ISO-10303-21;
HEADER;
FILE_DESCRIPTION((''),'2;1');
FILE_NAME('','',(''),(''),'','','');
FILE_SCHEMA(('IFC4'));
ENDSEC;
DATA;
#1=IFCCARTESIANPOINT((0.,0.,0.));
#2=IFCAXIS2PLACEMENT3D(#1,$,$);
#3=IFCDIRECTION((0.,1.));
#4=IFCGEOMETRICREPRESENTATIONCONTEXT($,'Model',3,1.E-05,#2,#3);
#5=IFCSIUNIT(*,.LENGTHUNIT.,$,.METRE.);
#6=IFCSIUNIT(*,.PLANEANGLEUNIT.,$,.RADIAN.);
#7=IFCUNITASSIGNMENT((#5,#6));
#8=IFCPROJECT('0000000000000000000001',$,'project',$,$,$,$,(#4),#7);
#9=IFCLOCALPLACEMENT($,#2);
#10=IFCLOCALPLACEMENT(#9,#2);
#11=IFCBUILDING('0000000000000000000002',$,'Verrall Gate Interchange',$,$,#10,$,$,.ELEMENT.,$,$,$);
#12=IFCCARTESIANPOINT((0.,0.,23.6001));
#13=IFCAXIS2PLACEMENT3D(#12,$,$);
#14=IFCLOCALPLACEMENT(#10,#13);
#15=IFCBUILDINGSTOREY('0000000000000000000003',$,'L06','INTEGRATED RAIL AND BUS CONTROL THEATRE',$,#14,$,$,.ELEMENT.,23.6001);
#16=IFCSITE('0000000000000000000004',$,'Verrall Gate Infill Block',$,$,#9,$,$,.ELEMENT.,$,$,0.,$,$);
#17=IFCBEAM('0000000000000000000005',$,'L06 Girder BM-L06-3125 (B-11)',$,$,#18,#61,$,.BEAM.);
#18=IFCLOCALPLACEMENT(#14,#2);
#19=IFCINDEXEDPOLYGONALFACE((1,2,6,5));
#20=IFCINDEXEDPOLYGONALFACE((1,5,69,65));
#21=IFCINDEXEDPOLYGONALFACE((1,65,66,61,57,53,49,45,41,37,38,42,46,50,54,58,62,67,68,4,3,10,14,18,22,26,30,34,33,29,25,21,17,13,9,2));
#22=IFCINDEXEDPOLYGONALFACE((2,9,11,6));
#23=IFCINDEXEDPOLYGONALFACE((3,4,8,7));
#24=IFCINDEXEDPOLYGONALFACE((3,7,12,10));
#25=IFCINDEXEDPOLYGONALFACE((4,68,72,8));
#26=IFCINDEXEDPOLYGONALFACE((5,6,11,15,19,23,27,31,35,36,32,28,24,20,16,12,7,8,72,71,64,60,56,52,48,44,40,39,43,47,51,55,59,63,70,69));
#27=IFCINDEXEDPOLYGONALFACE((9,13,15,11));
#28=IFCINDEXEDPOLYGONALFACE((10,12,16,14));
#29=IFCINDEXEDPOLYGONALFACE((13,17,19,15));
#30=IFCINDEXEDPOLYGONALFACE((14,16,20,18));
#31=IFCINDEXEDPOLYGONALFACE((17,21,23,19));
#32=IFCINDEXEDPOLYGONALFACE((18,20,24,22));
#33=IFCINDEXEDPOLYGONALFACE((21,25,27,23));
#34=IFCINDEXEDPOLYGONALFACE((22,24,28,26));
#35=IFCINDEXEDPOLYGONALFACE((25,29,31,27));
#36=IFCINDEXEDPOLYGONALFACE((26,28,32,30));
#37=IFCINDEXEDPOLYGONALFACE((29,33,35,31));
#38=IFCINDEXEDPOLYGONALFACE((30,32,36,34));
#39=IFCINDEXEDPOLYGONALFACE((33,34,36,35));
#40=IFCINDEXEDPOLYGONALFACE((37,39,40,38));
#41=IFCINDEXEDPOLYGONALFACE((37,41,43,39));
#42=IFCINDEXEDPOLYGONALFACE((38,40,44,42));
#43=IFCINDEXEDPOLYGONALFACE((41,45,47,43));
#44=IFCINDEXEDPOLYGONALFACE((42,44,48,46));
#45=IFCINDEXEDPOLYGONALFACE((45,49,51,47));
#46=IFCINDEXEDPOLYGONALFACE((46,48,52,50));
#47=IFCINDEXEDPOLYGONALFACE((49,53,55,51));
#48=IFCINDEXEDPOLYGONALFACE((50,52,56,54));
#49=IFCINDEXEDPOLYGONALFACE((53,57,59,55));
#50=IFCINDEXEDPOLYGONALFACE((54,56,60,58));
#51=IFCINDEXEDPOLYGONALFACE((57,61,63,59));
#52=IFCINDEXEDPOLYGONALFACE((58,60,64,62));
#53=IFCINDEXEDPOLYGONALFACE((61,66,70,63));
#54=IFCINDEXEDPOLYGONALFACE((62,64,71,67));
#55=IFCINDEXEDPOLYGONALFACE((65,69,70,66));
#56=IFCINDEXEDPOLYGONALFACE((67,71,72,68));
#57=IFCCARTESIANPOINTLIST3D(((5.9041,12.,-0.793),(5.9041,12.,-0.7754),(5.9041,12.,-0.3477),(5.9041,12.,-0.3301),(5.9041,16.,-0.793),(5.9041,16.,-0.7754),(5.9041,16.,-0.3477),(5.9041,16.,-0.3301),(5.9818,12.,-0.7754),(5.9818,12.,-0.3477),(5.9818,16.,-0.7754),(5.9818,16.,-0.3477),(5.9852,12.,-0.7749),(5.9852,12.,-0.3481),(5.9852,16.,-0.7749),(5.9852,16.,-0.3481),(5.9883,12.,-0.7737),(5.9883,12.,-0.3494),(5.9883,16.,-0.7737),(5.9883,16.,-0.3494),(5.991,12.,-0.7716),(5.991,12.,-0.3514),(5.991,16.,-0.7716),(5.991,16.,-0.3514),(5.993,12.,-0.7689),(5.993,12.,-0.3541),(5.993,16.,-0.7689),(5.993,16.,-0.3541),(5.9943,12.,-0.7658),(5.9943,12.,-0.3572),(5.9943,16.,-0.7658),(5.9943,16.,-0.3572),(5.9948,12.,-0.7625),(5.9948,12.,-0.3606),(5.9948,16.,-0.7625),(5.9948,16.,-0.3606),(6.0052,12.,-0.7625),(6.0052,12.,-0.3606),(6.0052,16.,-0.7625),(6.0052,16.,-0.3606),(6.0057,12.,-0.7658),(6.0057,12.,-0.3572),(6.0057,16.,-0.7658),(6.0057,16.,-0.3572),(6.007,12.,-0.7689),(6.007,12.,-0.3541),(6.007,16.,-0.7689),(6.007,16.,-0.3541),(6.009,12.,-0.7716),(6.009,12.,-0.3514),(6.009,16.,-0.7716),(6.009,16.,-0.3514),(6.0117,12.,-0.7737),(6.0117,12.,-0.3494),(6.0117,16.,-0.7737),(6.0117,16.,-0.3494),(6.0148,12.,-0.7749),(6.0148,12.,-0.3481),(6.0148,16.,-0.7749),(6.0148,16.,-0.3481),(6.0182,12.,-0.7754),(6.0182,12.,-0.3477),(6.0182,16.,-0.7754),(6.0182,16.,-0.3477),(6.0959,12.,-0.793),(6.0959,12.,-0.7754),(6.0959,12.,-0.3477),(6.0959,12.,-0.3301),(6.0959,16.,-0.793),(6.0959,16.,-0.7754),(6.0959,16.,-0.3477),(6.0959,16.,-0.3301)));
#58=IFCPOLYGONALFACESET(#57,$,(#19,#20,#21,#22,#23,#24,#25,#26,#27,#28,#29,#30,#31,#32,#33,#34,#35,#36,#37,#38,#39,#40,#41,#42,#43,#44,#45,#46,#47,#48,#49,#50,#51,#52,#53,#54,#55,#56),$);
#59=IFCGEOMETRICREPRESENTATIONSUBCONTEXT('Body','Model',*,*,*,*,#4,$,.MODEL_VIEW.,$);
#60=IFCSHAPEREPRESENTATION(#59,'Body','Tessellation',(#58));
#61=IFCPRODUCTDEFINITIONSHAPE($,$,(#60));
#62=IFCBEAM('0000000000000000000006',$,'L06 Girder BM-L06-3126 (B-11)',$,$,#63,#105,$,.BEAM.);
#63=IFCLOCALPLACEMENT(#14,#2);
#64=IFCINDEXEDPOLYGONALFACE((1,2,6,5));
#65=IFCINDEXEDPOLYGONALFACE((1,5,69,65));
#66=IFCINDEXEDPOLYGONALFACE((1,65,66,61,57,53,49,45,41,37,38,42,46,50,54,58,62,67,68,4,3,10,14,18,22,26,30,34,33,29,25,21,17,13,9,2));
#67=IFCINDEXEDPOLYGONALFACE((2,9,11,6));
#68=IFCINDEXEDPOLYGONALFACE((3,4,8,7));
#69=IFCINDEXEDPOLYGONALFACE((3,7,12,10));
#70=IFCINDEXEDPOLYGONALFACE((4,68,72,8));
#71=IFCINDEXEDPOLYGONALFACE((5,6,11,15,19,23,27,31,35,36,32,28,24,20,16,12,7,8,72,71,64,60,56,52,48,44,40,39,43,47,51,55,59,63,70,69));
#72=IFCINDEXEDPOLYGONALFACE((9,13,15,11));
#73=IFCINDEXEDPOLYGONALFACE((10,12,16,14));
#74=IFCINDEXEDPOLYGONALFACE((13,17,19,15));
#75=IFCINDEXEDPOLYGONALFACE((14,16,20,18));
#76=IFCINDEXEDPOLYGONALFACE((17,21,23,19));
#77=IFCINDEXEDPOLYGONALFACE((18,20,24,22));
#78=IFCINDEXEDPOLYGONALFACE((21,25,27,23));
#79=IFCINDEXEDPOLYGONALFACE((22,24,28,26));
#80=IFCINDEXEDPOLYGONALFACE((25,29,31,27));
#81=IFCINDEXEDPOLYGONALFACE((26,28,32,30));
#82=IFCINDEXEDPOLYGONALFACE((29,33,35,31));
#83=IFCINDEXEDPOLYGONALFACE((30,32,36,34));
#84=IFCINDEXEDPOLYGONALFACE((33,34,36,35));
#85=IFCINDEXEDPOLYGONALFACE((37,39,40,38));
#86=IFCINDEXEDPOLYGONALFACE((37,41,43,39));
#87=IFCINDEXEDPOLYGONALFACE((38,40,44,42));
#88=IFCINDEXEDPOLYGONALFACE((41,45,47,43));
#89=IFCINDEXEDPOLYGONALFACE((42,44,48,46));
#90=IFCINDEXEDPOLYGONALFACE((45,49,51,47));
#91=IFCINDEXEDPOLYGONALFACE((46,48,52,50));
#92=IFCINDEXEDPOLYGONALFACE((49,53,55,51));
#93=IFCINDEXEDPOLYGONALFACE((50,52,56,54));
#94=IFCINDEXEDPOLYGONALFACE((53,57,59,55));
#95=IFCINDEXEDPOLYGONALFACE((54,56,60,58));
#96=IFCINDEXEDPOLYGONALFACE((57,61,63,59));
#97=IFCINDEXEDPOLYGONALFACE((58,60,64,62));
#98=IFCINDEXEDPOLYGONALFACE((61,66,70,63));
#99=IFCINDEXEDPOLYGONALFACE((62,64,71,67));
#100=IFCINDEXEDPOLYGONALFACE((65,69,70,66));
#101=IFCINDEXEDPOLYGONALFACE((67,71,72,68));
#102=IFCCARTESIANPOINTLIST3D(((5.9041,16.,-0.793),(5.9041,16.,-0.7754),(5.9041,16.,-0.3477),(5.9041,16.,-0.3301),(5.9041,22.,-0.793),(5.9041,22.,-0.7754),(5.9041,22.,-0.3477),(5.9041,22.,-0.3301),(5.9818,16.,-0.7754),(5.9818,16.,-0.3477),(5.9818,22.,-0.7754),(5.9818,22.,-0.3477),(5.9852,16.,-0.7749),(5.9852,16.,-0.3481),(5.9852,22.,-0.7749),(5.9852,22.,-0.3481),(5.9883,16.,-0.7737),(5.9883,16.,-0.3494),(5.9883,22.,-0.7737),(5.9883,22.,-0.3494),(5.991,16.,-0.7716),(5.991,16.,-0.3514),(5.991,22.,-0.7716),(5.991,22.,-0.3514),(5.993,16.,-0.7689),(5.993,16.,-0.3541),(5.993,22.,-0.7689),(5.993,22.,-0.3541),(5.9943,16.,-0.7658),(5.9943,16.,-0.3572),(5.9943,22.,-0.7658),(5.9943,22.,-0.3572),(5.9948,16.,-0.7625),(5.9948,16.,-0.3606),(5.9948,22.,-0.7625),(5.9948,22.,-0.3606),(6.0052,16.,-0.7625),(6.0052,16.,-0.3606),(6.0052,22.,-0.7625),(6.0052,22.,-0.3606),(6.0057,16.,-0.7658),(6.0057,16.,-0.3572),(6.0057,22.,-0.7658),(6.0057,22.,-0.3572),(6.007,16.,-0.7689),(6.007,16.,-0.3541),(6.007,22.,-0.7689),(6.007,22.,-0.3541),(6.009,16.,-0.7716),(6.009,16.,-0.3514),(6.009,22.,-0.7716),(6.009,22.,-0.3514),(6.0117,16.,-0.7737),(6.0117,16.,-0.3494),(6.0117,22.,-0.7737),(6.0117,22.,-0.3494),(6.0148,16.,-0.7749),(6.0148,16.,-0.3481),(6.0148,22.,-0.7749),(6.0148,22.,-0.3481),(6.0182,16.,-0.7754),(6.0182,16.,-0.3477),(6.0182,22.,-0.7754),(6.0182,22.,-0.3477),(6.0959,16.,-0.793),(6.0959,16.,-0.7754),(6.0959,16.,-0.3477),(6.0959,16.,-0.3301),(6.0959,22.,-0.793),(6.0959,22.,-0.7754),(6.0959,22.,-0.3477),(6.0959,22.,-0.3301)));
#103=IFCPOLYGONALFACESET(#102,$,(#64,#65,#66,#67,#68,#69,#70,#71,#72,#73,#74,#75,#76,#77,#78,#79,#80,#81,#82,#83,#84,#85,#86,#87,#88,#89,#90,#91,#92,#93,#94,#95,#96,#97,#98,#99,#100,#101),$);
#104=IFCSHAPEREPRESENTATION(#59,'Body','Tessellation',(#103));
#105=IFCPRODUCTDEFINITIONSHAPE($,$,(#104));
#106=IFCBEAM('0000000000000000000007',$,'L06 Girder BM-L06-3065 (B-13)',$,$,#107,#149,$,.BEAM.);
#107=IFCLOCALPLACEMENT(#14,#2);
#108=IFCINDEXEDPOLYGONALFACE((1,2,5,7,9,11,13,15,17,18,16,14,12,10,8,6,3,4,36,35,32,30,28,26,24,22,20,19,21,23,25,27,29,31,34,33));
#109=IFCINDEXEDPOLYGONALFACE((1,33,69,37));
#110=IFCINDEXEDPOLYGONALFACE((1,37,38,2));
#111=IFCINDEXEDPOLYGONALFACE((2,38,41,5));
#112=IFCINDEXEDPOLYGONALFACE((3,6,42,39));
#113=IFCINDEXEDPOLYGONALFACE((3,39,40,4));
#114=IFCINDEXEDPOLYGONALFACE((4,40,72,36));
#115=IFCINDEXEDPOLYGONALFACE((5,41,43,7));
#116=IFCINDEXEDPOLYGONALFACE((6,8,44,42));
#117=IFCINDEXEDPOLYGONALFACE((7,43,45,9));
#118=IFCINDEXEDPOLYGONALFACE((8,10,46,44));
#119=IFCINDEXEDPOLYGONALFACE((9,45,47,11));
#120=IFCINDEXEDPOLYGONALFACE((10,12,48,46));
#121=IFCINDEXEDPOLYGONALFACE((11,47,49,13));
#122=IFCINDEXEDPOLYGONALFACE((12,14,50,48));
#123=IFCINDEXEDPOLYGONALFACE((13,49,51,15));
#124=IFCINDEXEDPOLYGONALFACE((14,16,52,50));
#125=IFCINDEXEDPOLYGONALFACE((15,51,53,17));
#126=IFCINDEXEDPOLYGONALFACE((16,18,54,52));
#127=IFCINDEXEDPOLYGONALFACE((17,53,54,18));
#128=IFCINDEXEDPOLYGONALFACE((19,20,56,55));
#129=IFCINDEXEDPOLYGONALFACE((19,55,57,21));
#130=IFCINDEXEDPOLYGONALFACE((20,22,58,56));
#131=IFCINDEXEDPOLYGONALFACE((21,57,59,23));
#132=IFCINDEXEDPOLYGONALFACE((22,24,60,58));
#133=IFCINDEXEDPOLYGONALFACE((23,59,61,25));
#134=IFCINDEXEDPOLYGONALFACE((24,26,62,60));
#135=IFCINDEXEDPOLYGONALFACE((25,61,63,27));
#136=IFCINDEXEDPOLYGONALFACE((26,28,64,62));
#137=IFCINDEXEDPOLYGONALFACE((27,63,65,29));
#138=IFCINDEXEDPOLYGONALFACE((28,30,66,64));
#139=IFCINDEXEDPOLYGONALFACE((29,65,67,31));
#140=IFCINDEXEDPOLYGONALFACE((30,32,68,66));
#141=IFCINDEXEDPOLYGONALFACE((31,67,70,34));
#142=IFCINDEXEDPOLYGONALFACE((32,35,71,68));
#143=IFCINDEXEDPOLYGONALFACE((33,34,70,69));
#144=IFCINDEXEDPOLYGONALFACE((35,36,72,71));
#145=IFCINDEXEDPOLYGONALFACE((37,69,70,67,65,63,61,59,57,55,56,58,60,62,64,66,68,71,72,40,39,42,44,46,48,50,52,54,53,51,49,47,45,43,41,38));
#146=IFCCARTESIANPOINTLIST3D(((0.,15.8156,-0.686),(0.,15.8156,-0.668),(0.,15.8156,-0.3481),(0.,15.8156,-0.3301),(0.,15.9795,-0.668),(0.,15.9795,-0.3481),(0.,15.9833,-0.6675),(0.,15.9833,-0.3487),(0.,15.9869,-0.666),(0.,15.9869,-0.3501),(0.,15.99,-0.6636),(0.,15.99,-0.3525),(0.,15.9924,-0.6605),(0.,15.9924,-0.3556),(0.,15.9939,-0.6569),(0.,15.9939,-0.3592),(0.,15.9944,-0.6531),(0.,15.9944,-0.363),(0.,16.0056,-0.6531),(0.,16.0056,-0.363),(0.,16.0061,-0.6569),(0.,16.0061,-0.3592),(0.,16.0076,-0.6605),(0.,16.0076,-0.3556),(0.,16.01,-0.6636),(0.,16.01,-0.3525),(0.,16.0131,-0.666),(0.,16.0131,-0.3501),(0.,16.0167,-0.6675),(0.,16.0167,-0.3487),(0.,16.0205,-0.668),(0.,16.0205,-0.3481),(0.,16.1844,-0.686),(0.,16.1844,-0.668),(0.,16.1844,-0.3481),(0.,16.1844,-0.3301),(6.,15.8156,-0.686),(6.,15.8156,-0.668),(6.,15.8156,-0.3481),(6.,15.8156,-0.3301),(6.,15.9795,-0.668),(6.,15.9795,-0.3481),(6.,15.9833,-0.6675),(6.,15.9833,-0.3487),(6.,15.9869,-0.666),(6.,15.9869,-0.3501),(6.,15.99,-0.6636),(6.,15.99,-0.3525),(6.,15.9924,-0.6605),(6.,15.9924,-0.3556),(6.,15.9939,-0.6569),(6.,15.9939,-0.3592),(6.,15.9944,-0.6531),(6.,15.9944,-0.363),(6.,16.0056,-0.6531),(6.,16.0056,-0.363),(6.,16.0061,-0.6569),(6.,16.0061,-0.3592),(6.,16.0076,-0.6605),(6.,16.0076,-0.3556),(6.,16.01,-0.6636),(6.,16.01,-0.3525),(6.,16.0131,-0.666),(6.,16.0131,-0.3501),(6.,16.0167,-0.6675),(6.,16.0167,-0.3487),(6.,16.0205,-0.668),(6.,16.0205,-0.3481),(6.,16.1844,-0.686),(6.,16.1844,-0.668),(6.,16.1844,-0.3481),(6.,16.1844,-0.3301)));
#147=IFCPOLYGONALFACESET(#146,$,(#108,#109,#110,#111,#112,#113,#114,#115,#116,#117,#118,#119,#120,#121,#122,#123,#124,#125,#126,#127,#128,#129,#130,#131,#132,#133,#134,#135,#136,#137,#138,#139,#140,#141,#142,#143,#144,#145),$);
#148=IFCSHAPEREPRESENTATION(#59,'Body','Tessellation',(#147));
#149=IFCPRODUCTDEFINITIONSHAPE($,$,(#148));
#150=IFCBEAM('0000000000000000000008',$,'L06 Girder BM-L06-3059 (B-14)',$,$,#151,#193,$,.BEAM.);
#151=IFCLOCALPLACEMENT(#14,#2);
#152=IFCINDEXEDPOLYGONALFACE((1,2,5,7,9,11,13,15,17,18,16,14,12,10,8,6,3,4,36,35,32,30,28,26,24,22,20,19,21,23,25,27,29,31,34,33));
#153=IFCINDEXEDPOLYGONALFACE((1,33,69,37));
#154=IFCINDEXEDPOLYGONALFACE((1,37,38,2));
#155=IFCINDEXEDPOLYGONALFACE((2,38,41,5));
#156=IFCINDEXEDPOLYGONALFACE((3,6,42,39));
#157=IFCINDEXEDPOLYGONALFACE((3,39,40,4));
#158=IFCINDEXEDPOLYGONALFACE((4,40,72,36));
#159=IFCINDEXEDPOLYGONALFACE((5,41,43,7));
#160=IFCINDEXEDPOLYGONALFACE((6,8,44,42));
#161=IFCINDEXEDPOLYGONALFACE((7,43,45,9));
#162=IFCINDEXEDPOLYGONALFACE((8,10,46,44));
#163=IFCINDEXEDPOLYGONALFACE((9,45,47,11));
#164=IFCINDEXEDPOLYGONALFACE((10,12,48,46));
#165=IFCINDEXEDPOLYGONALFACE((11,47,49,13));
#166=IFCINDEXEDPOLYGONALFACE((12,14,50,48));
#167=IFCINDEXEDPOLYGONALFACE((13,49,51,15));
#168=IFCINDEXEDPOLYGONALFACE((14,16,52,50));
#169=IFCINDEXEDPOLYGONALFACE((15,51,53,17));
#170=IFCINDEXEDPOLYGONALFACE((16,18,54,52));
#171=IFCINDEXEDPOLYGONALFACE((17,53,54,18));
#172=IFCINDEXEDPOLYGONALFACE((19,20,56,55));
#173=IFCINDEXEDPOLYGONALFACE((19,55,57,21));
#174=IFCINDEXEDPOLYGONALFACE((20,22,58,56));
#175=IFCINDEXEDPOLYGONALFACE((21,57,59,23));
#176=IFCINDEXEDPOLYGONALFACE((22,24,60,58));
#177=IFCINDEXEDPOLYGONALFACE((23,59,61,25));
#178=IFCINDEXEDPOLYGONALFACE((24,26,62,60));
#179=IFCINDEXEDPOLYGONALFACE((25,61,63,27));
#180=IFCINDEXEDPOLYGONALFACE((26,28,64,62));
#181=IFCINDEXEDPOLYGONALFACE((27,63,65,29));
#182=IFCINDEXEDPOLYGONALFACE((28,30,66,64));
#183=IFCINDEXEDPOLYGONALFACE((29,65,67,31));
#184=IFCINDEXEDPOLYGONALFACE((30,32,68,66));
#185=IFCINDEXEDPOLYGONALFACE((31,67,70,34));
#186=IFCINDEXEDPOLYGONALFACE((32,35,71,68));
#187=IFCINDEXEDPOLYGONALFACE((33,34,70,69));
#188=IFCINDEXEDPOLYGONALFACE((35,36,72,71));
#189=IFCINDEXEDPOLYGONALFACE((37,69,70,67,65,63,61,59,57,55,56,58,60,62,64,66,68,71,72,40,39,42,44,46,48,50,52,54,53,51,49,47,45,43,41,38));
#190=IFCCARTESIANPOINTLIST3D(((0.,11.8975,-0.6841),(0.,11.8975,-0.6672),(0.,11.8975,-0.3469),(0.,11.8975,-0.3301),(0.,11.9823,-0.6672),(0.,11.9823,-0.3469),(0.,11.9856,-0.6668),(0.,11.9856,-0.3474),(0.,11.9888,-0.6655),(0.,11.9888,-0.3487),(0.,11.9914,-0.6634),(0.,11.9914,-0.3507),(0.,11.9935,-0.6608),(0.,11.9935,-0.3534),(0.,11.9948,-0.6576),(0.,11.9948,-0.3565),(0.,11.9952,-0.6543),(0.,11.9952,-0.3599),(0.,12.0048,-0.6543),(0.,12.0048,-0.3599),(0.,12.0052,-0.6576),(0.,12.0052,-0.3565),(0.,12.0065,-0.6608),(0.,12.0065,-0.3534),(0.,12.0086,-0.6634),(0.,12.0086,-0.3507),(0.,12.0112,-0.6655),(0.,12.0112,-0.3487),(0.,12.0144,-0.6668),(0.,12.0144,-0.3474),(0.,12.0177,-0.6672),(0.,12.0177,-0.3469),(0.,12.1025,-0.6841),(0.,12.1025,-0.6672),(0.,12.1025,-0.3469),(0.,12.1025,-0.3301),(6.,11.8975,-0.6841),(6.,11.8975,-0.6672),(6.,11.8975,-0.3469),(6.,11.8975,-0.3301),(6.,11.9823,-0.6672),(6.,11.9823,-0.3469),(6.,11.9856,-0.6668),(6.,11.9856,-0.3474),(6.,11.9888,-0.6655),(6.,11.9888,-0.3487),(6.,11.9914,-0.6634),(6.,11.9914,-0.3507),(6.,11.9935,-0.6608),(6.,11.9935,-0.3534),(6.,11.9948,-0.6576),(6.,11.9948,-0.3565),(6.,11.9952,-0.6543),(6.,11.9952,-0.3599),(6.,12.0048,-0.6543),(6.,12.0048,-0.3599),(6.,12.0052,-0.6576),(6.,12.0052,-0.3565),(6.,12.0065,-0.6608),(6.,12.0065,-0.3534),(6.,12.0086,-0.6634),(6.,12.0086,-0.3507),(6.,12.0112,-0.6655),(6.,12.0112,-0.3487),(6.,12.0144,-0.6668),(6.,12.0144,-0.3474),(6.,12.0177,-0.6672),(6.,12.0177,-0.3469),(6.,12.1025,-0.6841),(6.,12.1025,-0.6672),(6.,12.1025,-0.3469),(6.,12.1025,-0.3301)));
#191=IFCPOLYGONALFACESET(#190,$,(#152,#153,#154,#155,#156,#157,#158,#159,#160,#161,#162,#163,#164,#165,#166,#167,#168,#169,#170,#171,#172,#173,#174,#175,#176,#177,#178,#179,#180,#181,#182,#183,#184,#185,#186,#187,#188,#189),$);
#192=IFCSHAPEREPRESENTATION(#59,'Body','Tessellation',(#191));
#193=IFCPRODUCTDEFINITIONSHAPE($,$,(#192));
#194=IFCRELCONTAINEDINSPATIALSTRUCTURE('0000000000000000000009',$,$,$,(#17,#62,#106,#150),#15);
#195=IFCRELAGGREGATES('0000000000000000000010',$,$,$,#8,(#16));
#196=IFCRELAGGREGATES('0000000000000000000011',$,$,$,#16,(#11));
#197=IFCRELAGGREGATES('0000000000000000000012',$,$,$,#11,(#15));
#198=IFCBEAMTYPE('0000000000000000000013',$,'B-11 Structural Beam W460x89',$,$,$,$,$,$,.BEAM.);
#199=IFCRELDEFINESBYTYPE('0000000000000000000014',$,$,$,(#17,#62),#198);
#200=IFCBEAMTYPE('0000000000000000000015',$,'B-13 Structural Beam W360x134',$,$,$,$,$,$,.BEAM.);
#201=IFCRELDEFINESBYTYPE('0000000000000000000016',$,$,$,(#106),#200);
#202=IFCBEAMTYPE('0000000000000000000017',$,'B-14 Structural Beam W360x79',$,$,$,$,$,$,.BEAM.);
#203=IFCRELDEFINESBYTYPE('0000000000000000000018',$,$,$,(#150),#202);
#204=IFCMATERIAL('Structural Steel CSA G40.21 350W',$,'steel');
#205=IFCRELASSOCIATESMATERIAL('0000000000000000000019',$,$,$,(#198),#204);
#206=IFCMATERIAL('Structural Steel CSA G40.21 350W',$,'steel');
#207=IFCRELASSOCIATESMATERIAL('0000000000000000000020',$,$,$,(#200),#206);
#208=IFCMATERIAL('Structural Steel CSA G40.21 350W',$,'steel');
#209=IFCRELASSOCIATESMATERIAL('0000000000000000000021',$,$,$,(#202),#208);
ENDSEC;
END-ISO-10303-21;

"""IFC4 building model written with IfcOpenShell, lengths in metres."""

from ifc_helpers import new_model, si_unit, direction, frame, origin, origin_2d, place, context, subcontext, project, spatial, i_section, extrude, material, material_profile, profile_set, type_object, element, save


model = new_model("IFC4")

# Units and contexts
model_context = context("Model", 3, precision=1e-05, world=origin(), true_north=direction((0.0, 1.0)))
body_context = subcontext(model_context, "Body", "Model", "MODEL_VIEW")
ifc_project = project(units=[si_unit("LENGTHUNIT", "METRE"), si_unit("PLANEANGLEUNIT", "RADIAN")], contexts=[model_context])

# Site, building, storey
site_placement = place(None, origin())
site = spatial("IfcSite", under=ifc_project, at=site_placement, Name="Verrall Gate Infill Block", CompositionType="ELEMENT", RefElevation=0.0)
building_placement = place(site_placement, origin())
building = spatial("IfcBuilding", under=site, at=building_placement, Name="Verrall Gate Interchange", CompositionType="ELEMENT")
storey_placement = place(building_placement, frame((0.0, 0.0, 23.6001)))
storey = spatial("IfcBuildingStorey", under=building, at=storey_placement, Name="L06", Description="INTEGRATED RAIL AND BUS CONTROL THEATRE", CompositionType="ELEMENT", Elevation=23.6001)

# Beams
ifc_material_1 = material(Name="Structural Steel CSA G40.21 350W", Category="steel")
ifc_material_profile_1 = material_profile(ifc_material_1, i_section(OverallWidth=0.1919, OverallDepth=0.4629, WebThickness=0.0105, FlangeThickness=0.0176, FilletRadius=0.0129, at=origin_2d()), Name="W460x89")
ifc_profile_set_1 = profile_set([ifc_material_profile_1], Name="Structural Steel CSA G40.21 350W")
beam_type_1 = type_object("IfcBeamType", Name="B-11 Structural Beam W460x89", PredefinedType="BEAM", material=ifc_profile_set_1)
beam_1_placement = place(storey_placement, frame((6.0, 12.0, -0.5615), z_axis=(0.0, 1.0, 0.0), x_axis=(-1.0, 0.0, 0.0)))
element("IfcBeam", 1, at=beam_1_placement, inside=storey, type_object=beam_type_1, Name="L06 Girder BM-L06-3125 (B-11)", PredefinedType="BEAM", context=body_context, shape_type="SweptSolid", body=[
    extrude(i_section(OverallWidth=0.1919, OverallDepth=0.4629, WebThickness=0.0105, FlangeThickness=0.0176, FilletRadius=0.0129, at=origin_2d()), origin(), (0.0, 0.0, 1.0), 4.0),
])
beam_2_placement = place(storey_placement, frame((6.0, 16.0, -0.5615), z_axis=(0.0, 1.0, 0.0), x_axis=(-1.0, 0.0, 0.0)))
element("IfcBeam", 2, at=beam_2_placement, inside=storey, type_object=beam_type_1, Name="L06 Girder BM-L06-3126 (B-11)", PredefinedType="BEAM", context=body_context, shape_type="SweptSolid", body=[
    extrude(i_section(OverallWidth=0.1919, OverallDepth=0.4629, WebThickness=0.0105, FlangeThickness=0.0176, FilletRadius=0.0129, at=origin_2d()), origin(), (0.0, 0.0, 1.0), 6.0),
])
ifc_material_2 = material(Name="Structural Steel CSA G40.21 350W", Category="steel")
ifc_material_profile_2 = material_profile(ifc_material_2, i_section(OverallWidth=0.3689, OverallDepth=0.356, WebThickness=0.0112, FlangeThickness=0.0181, FilletRadius=0.0149, at=origin_2d()), Name="W360x134")
ifc_profile_set_2 = profile_set([ifc_material_profile_2], Name="Structural Steel CSA G40.21 350W")
beam_type_2 = type_object("IfcBeamType", Name="B-13 Structural Beam W360x134", PredefinedType="BEAM", material=ifc_profile_set_2)
beam_3_placement = place(storey_placement, frame((0.0, 16.0, -0.5081), z_axis=(1.0, 0.0, 0.0), x_axis=(0.0, 1.0, 0.0)))
element("IfcBeam", 3, at=beam_3_placement, inside=storey, type_object=beam_type_2, Name="L06 Girder BM-L06-3065 (B-13)", PredefinedType="BEAM", context=body_context, shape_type="SweptSolid", body=[
    extrude(i_section(OverallWidth=0.3689, OverallDepth=0.356, WebThickness=0.0112, FlangeThickness=0.0181, FilletRadius=0.0149, at=origin_2d()), origin(), (0.0, 0.0, 1.0), 6.0),
])
ifc_material_3 = material(Name="Structural Steel CSA G40.21 350W", Category="steel")
ifc_material_profile_3 = material_profile(ifc_material_3, i_section(OverallWidth=0.2051, OverallDepth=0.354, WebThickness=0.0095, FlangeThickness=0.0168, FilletRadius=0.0129, at=origin_2d()), Name="W360x79")
ifc_profile_set_3 = profile_set([ifc_material_profile_3], Name="Structural Steel CSA G40.21 350W")
beam_type_3 = type_object("IfcBeamType", Name="B-14 Structural Beam W360x79", PredefinedType="BEAM", material=ifc_profile_set_3)
beam_4_placement = place(storey_placement, frame((0.0, 12.0, -0.5071), z_axis=(1.0, 0.0, 0.0), x_axis=(0.0, 1.0, 0.0)))
element("IfcBeam", 4, at=beam_4_placement, inside=storey, type_object=beam_type_3, Name="L06 Girder BM-L06-3059 (B-14)", PredefinedType="BEAM", context=body_context, shape_type="SweptSolid", body=[
    extrude(i_section(OverallWidth=0.2051, OverallDepth=0.354, WebThickness=0.0095, FlangeThickness=0.0168, FilletRadius=0.0129, at=origin_2d()), origin(), (0.0, 0.0, 1.0), 6.0),
])

save(model, "model.ifc")
